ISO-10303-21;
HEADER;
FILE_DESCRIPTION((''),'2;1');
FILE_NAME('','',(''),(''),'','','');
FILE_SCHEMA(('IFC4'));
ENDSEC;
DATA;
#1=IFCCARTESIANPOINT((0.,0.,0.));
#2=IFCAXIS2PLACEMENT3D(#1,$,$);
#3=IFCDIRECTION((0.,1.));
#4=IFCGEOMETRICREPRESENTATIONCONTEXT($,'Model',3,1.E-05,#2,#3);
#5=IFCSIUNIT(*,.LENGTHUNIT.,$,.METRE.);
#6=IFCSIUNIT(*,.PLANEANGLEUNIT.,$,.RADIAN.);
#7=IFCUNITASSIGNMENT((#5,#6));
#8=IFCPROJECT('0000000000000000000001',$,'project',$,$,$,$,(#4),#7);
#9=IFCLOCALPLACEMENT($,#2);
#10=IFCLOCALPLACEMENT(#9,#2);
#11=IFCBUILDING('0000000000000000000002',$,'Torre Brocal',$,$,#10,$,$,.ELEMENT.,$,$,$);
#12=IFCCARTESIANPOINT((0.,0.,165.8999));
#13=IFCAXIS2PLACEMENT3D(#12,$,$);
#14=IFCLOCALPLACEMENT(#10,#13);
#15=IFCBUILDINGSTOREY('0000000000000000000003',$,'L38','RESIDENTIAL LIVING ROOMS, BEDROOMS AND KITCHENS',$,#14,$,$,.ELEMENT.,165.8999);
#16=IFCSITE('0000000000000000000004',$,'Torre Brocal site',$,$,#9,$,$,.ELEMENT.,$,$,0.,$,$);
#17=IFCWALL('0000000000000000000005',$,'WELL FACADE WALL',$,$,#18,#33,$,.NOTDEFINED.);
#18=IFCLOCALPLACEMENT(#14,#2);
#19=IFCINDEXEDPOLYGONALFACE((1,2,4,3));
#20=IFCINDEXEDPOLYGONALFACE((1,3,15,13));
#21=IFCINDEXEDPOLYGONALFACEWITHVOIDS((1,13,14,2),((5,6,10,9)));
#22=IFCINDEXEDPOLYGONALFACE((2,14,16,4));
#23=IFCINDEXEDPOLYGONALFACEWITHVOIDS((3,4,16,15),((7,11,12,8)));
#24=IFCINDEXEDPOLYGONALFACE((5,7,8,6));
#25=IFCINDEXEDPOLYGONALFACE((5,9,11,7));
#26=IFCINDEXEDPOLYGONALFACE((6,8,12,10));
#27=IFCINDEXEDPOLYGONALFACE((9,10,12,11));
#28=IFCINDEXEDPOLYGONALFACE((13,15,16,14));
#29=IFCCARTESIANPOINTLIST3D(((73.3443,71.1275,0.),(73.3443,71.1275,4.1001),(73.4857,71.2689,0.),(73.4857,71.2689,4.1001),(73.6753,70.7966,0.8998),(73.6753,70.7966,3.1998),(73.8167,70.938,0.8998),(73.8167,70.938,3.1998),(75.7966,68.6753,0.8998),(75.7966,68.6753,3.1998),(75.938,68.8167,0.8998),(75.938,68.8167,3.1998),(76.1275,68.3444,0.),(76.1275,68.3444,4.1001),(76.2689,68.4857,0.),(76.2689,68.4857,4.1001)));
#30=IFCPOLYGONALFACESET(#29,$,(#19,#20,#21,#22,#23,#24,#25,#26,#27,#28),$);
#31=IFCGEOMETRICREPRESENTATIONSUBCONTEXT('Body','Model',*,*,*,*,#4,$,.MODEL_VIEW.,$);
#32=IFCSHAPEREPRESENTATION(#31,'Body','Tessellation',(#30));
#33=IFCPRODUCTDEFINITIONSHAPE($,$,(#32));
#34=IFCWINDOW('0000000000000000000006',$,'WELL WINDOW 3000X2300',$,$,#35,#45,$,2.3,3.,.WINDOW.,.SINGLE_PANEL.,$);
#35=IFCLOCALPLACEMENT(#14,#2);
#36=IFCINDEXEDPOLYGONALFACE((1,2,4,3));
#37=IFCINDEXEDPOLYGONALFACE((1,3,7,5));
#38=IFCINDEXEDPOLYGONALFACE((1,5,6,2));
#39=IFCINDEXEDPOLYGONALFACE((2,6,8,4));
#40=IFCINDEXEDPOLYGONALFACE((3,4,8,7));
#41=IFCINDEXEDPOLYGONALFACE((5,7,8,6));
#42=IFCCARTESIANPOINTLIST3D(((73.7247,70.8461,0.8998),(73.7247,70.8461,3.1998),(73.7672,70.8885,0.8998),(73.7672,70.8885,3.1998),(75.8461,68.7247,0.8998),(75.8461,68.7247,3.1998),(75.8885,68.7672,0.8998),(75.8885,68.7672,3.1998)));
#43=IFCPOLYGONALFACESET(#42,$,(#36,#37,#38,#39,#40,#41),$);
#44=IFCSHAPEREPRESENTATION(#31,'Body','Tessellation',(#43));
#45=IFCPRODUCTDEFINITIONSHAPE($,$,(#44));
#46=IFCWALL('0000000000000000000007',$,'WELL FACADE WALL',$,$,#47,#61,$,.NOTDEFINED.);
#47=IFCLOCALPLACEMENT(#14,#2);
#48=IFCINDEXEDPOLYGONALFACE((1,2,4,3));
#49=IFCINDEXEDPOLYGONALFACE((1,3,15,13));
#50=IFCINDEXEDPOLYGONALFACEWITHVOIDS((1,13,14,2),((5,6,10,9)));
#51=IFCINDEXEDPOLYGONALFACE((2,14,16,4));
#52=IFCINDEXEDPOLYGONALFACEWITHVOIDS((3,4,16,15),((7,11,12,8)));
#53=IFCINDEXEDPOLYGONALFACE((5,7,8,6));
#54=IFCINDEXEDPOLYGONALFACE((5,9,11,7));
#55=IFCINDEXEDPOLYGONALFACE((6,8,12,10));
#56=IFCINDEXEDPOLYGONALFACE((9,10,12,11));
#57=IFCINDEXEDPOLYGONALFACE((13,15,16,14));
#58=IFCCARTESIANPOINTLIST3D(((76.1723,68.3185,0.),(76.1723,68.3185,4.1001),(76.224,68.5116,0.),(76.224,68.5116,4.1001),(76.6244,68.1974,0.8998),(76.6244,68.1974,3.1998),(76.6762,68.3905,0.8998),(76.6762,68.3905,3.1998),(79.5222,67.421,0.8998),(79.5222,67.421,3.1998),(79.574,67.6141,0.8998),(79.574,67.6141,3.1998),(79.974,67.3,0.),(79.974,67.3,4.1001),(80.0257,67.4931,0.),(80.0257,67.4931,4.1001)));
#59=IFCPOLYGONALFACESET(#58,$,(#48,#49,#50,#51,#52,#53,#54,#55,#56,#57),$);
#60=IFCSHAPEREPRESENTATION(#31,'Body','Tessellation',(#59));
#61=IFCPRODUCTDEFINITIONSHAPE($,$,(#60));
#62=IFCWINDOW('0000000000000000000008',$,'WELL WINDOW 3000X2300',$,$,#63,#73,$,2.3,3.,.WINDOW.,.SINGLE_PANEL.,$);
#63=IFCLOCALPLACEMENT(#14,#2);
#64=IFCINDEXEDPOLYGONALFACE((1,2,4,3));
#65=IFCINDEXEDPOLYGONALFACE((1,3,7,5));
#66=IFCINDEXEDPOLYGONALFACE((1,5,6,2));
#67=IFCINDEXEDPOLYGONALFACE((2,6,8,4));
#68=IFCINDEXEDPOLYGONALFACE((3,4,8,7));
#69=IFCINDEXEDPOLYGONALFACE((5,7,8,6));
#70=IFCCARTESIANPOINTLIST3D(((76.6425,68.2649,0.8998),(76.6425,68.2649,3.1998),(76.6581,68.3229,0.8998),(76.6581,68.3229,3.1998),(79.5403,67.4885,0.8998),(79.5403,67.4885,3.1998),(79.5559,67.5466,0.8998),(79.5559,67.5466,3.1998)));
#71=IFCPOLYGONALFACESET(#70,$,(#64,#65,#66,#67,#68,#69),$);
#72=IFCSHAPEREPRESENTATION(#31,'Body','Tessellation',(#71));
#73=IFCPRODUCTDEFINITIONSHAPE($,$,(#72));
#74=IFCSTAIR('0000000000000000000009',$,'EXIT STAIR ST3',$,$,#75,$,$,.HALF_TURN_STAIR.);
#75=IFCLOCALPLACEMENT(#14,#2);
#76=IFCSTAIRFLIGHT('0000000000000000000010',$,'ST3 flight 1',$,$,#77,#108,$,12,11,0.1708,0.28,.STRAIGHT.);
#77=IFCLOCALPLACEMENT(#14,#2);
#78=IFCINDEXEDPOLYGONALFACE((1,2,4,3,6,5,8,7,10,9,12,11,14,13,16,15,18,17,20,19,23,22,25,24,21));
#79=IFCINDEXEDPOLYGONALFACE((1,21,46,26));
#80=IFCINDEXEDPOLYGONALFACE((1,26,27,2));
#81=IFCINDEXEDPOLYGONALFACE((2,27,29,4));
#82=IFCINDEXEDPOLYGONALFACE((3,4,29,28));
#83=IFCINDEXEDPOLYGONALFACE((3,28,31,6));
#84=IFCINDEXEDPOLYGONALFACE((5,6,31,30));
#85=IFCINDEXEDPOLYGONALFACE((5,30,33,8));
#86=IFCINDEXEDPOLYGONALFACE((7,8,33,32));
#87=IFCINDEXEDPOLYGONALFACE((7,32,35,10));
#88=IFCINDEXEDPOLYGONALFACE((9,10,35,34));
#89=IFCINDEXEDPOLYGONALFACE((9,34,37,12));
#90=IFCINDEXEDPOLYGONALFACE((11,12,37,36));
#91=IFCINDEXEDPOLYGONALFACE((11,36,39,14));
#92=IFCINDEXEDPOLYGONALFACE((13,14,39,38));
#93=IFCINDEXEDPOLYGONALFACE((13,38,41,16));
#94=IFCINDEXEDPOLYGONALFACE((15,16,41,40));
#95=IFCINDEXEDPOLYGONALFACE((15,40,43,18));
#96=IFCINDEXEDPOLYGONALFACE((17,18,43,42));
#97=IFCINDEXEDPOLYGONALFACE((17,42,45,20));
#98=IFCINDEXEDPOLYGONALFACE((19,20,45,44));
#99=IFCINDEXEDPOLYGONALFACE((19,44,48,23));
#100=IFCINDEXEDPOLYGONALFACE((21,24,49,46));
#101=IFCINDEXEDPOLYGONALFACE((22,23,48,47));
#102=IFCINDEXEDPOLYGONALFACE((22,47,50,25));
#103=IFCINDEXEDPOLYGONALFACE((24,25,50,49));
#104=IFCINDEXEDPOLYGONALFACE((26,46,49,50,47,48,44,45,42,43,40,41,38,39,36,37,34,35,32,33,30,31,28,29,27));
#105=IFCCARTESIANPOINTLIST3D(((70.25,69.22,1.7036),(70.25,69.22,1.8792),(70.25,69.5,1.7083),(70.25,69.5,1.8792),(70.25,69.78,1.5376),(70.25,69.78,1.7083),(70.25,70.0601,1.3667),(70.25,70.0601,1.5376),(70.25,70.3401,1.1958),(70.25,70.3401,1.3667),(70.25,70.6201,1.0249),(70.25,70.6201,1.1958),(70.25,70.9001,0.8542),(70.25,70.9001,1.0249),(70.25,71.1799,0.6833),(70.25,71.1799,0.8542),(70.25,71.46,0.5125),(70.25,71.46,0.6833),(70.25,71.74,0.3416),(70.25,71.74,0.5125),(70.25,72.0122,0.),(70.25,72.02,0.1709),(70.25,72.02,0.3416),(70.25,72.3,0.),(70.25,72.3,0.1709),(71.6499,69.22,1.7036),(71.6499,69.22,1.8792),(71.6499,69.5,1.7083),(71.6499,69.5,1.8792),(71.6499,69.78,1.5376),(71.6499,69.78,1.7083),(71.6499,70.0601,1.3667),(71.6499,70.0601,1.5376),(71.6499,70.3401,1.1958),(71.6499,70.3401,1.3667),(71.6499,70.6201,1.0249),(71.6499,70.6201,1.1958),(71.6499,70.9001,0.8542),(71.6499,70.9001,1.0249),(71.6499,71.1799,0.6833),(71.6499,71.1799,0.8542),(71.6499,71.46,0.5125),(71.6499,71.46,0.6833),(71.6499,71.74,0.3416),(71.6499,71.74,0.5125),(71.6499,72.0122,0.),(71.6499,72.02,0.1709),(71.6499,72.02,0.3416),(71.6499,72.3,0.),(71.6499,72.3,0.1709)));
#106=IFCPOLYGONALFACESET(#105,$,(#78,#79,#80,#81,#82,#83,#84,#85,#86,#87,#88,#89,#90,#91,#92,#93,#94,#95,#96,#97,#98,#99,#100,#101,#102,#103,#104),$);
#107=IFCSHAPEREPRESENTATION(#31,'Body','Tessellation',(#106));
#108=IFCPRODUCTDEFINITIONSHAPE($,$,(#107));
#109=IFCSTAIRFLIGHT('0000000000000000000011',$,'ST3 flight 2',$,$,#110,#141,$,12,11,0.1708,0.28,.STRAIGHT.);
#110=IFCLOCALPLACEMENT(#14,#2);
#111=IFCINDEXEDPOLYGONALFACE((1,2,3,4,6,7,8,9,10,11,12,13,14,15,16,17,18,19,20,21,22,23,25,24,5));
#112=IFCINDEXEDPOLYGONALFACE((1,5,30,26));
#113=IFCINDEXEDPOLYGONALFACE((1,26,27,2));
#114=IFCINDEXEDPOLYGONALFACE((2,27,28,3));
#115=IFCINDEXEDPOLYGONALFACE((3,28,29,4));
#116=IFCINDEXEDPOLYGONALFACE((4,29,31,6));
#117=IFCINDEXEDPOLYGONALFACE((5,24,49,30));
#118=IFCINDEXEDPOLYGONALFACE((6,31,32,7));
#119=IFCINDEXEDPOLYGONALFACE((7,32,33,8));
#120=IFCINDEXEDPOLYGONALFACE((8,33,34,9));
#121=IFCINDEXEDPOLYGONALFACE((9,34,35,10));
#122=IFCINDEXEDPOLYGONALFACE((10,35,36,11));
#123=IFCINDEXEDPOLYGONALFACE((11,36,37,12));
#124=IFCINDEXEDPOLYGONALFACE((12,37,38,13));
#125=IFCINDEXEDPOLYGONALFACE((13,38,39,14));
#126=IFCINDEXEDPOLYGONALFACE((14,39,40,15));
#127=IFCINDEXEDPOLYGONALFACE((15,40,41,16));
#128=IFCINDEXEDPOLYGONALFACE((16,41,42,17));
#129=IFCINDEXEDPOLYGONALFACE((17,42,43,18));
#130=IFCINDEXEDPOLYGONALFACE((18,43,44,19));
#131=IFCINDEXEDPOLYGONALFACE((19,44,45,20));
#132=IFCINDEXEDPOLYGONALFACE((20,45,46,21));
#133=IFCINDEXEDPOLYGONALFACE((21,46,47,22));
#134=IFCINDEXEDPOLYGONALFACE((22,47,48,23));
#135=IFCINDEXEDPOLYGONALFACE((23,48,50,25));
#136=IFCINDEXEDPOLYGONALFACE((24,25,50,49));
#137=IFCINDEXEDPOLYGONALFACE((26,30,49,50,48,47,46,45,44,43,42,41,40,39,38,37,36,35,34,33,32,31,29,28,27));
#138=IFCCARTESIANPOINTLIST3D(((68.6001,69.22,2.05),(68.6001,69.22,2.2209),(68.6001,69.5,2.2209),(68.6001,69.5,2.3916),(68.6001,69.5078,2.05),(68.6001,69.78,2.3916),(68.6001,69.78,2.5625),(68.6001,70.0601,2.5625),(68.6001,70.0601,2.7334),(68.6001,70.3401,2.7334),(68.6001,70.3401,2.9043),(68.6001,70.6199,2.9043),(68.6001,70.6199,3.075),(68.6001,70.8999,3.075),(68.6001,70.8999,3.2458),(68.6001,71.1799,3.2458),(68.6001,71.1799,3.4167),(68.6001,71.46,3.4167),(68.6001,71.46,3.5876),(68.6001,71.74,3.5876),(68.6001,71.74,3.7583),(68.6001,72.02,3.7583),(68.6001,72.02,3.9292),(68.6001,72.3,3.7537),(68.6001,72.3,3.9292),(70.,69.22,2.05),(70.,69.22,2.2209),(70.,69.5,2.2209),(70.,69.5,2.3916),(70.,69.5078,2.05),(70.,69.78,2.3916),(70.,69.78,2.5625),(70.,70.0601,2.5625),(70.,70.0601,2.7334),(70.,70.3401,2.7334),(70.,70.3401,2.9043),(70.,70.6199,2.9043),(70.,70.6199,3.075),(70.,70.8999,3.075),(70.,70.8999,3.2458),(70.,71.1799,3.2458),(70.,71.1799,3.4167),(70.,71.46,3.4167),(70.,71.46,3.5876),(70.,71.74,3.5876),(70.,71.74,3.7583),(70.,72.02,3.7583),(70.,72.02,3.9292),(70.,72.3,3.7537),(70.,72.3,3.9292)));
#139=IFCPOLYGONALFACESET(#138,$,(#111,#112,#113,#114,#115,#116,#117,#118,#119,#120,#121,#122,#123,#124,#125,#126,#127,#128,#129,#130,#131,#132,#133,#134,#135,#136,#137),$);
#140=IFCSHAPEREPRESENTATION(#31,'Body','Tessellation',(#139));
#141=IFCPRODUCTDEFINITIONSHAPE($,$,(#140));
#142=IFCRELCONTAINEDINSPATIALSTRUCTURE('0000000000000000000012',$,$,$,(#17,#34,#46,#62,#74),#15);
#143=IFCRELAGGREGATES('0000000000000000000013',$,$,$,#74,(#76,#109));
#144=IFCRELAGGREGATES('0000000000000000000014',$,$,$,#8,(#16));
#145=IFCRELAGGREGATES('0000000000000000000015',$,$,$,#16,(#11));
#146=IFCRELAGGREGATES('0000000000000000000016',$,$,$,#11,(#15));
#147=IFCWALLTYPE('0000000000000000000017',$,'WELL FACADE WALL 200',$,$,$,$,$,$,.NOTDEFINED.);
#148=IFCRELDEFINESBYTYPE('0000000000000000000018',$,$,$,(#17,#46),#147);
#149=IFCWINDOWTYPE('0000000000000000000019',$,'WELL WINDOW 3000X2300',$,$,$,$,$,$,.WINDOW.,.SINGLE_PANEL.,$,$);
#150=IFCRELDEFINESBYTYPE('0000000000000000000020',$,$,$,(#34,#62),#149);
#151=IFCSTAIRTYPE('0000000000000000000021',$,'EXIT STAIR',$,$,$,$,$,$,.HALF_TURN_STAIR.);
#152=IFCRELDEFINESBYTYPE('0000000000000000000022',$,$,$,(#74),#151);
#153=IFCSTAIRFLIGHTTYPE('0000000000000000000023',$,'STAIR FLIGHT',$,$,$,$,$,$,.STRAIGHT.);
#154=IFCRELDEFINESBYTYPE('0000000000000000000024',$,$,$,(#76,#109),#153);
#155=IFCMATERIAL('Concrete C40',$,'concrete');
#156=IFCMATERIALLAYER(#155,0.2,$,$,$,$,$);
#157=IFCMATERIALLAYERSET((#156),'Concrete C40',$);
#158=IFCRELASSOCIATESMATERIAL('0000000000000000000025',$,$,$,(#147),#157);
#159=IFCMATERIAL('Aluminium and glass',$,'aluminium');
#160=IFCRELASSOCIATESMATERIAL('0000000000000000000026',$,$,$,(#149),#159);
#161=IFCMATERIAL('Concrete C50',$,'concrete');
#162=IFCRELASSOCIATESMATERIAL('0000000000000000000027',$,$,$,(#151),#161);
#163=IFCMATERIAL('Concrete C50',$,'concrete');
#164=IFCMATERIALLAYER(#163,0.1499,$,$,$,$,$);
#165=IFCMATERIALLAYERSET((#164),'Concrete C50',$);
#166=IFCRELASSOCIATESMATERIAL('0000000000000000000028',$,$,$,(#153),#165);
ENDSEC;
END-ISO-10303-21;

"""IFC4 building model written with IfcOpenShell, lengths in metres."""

from ifc_helpers import new_model, si_unit, direction, frame, frame_2d, origin, place, context, subcontext, project, spatial, polyline, rectangle, outline, extrude, material, layer, layer_set, type_object, element, fill, aggregate, save


model = new_model("IFC4")

# Units and contexts
model_context = context("Model", 3, precision=1e-05, world=origin(), true_north=direction((0.0, 1.0)))
body_context = subcontext(model_context, "Body", "Model", "MODEL_VIEW")
ifc_project = project(units=[si_unit("LENGTHUNIT", "METRE"), si_unit("PLANEANGLEUNIT", "RADIAN")], contexts=[model_context])

# Site, building, storey
site_placement = place(None, origin())
site = spatial("IfcSite", under=ifc_project, at=site_placement, Name="Torre Brocal site", CompositionType="ELEMENT", RefElevation=0.0)
building_placement = place(site_placement, origin())
building = spatial("IfcBuilding", under=site, at=building_placement, Name="Torre Brocal", CompositionType="ELEMENT")
storey_placement = place(building_placement, frame((0.0, 0.0, 165.8999)))
storey = spatial("IfcBuildingStorey", under=building, at=storey_placement, Name="L38", Description="RESIDENTIAL LIVING ROOMS, BEDROOMS AND KITCHENS", CompositionType="ELEMENT", Elevation=165.8999)

# Walls, openings, windows
ifc_material_1 = material(Name="Concrete C40", Category="concrete")
ifc_layer_1 = layer(ifc_material_1, 0.2)
ifc_layer_set_1 = layer_set([ifc_layer_1], Name="Concrete C40")
wall_type_1 = type_object("IfcWallType", Name="WELL FACADE WALL 200", PredefinedType="NOTDEFINED", material=ifc_layer_set_1)
wall_1_placement = place(storey_placement, frame((73.415, 71.1982, 0.0), z_axis=(0.0, 0.0, 1.0), x_axis=(0.707107, -0.707107, 0.0)))
wall_1 = element("IfcWall", 1, at=wall_1_placement, inside=storey, type_object=wall_type_1, Name="WELL FACADE WALL", PredefinedType="NOTDEFINED", context=body_context, shape_type="SweptSolid", body=[
    extrude(rectangle(XDim=3.936, YDim=0.2, at=frame_2d((1.968, 0.0))), origin(), (0.0, 0.0, 1.0), 4.1001),
])
opening_1_placement = place(wall_1_placement, frame((0.468, 0.0, 0.8999)))
opening_1 = element("IfcOpeningElement", 2, at=opening_1_placement, cuts=wall_1, PredefinedType="OPENING", context=body_context, shape_type="SweptSolid", body=[
    extrude(rectangle(XDim=3.0, YDim=2.3, at=frame_2d((1.5, 1.1499))), frame((0.0, 0.1099, 0.0), z_axis=(0.0, -1.0, 0.0), x_axis=(1.0, 0.0, 0.0)), (0.0, 0.0, 1.0), 0.22),
])
ifc_material_2 = material(Name="Aluminium and glass", Category="aluminium")
window_type = type_object("IfcWindowType", Name="WELL WINDOW 3000X2300", PartitioningType="SINGLE_PANEL", PredefinedType="WINDOW", material=ifc_material_2)
window_1_placement = place(opening_1_placement, origin())
window_1 = element("IfcWindow", 3, at=window_1_placement, inside=storey, type_object=window_type, Name="WELL WINDOW 3000X2300", OverallHeight=2.3, OverallWidth=3.0, PartitioningType="SINGLE_PANEL", PredefinedType="WINDOW", context=body_context, shape_type="SweptSolid", body=[
    extrude(rectangle(XDim=3.0, YDim=2.3, at=frame_2d((1.5, 1.1499))), frame((0.0, 0.03, 0.0), z_axis=(0.0, -1.0, 0.0), x_axis=(1.0, 0.0, 0.0)), (0.0, 0.0, 1.0), 0.0601),
])
fill(opening_1, window_1)
wall_2_placement = place(storey_placement, frame((76.1982, 68.415, 0.0), z_axis=(0.0, 0.0, 1.0), x_axis=(0.965934, -0.25879, 0.0)))
wall_2 = element("IfcWall", 4, at=wall_2_placement, inside=storey, type_object=wall_type_1, Name="WELL FACADE WALL", PredefinedType="NOTDEFINED", context=body_context, shape_type="SweptSolid", body=[
    extrude(rectangle(XDim=3.9358, YDim=0.2, at=frame_2d((1.9678, 0.0))), origin(), (0.0, 0.0, 1.0), 4.1001),
])
opening_2_placement = place(wall_2_placement, frame((0.468, 0.0, 0.8999)))
opening_2 = element("IfcOpeningElement", 5, at=opening_2_placement, cuts=wall_2, PredefinedType="OPENING", context=body_context, shape_type="SweptSolid", body=[
    extrude(rectangle(XDim=3.0, YDim=2.3, at=frame_2d((1.5, 1.1499))), frame((0.0, 0.1099, 0.0), z_axis=(0.0, -1.0, 0.0), x_axis=(1.0, 0.0, 0.0)), (0.0, 0.0, 1.0), 0.22),
])
window_2_placement = place(opening_2_placement, origin())
window_2 = element("IfcWindow", 6, at=window_2_placement, inside=storey, type_object=window_type, Name="WELL WINDOW 3000X2300", OverallHeight=2.3, OverallWidth=3.0, PartitioningType="SINGLE_PANEL", PredefinedType="WINDOW", context=body_context, shape_type="SweptSolid", body=[
    extrude(rectangle(XDim=3.0, YDim=2.3, at=frame_2d((1.5, 1.1499))), frame((0.0, 0.03, 0.0), z_axis=(0.0, -1.0, 0.0), x_axis=(1.0, 0.0, 0.0)), (0.0, 0.0, 1.0), 0.0601),
])
fill(opening_2, window_2)

# Stair, stair flights
ifc_material_3 = material(Name="Concrete C50", Category="concrete")
stair_type = type_object("IfcStairType", Name="EXIT STAIR", PredefinedType="HALF_TURN_STAIR", material=ifc_material_3)
stair_placement = place(storey_placement, origin())
stair = element("IfcStair", 7, at=stair_placement, inside=storey, type_object=stair_type, Name="EXIT STAIR ST3", PredefinedType="HALF_TURN_STAIR")
ifc_material_4 = material(Name="Concrete C50", Category="concrete")
ifc_layer_2 = layer(ifc_material_4, 0.1499)
ifc_layer_set_2 = layer_set([ifc_layer_2], Name="Concrete C50")
stair_flight_type = type_object("IfcStairFlightType", Name="STAIR FLIGHT", PredefinedType="STRAIGHT", material=ifc_layer_set_2)
stair_flight_1_placement = place(storey_placement, frame((70.95, 72.3, 0.0), z_axis=(0.0, 0.0, 1.0), x_axis=(0.0, -1.0, 0.0)))
stair_flight_1 = element("IfcStairFlight", 8, at=stair_flight_1_placement, type_object=stair_flight_type, Name="ST3 flight 1", NumberOfRisers=12, NumberOfTreads=11, PredefinedType="STRAIGHT", RiserHeight=0.1708, TreadLength=0.28, context=body_context, shape_type="SweptSolid", body=[
    extrude(outline(polyline([(0.0, 0.0), (0.0, 0.1709), (0.28, 0.1709), (0.28, 0.3416), (0.5601, 0.3416), (0.5601, 0.5125), (0.8401, 0.5125), (0.8401, 0.6833), (1.1201, 0.6833), (1.1201, 0.8542), (1.3999, 0.8542), (1.3999, 1.0249), (1.6799, 1.0249), (1.6799, 1.1958), (1.96, 1.1958), (1.96, 1.3667), (2.24, 1.3667), (2.24, 1.5376), (2.52, 1.5376), (2.52, 1.7083), (2.8, 1.7083), (2.8, 1.8792), (3.0801, 1.8792), (3.0801, 2.05), (3.0801, 1.7036), (0.2878, 0.0), (0.0, 0.0)])), frame((0.0, 0.7, 0.0), z_axis=(0.0, -1.0, 0.0), x_axis=(1.0, 0.0, 0.0)), (0.0, 0.0, 1.0), 1.3999),
])
stair_flight_2_placement = place(storey_placement, frame((69.3, 69.22, 2.05), z_axis=(0.0, 0.0, 1.0), x_axis=(0.0, 1.0, 0.0)))
stair_flight_2 = element("IfcStairFlight", 9, at=stair_flight_2_placement, type_object=stair_flight_type, Name="ST3 flight 2", NumberOfRisers=12, NumberOfTreads=11, PredefinedType="STRAIGHT", RiserHeight=0.1708, TreadLength=0.28, context=body_context, shape_type="SweptSolid", body=[
    extrude(outline(polyline([(0.0, 0.0), (0.0, 0.1709), (0.28, 0.1709), (0.28, 0.3416), (0.5601, 0.3416), (0.5601, 0.5125), (0.8401, 0.5125), (0.8401, 0.6833), (1.1201, 0.6833), (1.1201, 0.8542), (1.3999, 0.8542), (1.3999, 1.0249), (1.6799, 1.0249), (1.6799, 1.1958), (1.96, 1.1958), (1.96, 1.3667), (2.24, 1.3667), (2.24, 1.5376), (2.52, 1.5376), (2.52, 1.7083), (2.8, 1.7083), (2.8, 1.8792), (3.0801, 1.8792), (3.0801, 2.05), (3.0801, 1.7036), (0.2878, 0.0), (0.0, 0.0)])), frame((0.0, 0.7, 0.0), z_axis=(0.0, -1.0, 0.0), x_axis=(1.0, 0.0, 0.0)), (0.0, 0.0, 1.0), 1.3999),
])
aggregate(stair, [stair_flight_1, stair_flight_2])

save(model, "model.ifc")
